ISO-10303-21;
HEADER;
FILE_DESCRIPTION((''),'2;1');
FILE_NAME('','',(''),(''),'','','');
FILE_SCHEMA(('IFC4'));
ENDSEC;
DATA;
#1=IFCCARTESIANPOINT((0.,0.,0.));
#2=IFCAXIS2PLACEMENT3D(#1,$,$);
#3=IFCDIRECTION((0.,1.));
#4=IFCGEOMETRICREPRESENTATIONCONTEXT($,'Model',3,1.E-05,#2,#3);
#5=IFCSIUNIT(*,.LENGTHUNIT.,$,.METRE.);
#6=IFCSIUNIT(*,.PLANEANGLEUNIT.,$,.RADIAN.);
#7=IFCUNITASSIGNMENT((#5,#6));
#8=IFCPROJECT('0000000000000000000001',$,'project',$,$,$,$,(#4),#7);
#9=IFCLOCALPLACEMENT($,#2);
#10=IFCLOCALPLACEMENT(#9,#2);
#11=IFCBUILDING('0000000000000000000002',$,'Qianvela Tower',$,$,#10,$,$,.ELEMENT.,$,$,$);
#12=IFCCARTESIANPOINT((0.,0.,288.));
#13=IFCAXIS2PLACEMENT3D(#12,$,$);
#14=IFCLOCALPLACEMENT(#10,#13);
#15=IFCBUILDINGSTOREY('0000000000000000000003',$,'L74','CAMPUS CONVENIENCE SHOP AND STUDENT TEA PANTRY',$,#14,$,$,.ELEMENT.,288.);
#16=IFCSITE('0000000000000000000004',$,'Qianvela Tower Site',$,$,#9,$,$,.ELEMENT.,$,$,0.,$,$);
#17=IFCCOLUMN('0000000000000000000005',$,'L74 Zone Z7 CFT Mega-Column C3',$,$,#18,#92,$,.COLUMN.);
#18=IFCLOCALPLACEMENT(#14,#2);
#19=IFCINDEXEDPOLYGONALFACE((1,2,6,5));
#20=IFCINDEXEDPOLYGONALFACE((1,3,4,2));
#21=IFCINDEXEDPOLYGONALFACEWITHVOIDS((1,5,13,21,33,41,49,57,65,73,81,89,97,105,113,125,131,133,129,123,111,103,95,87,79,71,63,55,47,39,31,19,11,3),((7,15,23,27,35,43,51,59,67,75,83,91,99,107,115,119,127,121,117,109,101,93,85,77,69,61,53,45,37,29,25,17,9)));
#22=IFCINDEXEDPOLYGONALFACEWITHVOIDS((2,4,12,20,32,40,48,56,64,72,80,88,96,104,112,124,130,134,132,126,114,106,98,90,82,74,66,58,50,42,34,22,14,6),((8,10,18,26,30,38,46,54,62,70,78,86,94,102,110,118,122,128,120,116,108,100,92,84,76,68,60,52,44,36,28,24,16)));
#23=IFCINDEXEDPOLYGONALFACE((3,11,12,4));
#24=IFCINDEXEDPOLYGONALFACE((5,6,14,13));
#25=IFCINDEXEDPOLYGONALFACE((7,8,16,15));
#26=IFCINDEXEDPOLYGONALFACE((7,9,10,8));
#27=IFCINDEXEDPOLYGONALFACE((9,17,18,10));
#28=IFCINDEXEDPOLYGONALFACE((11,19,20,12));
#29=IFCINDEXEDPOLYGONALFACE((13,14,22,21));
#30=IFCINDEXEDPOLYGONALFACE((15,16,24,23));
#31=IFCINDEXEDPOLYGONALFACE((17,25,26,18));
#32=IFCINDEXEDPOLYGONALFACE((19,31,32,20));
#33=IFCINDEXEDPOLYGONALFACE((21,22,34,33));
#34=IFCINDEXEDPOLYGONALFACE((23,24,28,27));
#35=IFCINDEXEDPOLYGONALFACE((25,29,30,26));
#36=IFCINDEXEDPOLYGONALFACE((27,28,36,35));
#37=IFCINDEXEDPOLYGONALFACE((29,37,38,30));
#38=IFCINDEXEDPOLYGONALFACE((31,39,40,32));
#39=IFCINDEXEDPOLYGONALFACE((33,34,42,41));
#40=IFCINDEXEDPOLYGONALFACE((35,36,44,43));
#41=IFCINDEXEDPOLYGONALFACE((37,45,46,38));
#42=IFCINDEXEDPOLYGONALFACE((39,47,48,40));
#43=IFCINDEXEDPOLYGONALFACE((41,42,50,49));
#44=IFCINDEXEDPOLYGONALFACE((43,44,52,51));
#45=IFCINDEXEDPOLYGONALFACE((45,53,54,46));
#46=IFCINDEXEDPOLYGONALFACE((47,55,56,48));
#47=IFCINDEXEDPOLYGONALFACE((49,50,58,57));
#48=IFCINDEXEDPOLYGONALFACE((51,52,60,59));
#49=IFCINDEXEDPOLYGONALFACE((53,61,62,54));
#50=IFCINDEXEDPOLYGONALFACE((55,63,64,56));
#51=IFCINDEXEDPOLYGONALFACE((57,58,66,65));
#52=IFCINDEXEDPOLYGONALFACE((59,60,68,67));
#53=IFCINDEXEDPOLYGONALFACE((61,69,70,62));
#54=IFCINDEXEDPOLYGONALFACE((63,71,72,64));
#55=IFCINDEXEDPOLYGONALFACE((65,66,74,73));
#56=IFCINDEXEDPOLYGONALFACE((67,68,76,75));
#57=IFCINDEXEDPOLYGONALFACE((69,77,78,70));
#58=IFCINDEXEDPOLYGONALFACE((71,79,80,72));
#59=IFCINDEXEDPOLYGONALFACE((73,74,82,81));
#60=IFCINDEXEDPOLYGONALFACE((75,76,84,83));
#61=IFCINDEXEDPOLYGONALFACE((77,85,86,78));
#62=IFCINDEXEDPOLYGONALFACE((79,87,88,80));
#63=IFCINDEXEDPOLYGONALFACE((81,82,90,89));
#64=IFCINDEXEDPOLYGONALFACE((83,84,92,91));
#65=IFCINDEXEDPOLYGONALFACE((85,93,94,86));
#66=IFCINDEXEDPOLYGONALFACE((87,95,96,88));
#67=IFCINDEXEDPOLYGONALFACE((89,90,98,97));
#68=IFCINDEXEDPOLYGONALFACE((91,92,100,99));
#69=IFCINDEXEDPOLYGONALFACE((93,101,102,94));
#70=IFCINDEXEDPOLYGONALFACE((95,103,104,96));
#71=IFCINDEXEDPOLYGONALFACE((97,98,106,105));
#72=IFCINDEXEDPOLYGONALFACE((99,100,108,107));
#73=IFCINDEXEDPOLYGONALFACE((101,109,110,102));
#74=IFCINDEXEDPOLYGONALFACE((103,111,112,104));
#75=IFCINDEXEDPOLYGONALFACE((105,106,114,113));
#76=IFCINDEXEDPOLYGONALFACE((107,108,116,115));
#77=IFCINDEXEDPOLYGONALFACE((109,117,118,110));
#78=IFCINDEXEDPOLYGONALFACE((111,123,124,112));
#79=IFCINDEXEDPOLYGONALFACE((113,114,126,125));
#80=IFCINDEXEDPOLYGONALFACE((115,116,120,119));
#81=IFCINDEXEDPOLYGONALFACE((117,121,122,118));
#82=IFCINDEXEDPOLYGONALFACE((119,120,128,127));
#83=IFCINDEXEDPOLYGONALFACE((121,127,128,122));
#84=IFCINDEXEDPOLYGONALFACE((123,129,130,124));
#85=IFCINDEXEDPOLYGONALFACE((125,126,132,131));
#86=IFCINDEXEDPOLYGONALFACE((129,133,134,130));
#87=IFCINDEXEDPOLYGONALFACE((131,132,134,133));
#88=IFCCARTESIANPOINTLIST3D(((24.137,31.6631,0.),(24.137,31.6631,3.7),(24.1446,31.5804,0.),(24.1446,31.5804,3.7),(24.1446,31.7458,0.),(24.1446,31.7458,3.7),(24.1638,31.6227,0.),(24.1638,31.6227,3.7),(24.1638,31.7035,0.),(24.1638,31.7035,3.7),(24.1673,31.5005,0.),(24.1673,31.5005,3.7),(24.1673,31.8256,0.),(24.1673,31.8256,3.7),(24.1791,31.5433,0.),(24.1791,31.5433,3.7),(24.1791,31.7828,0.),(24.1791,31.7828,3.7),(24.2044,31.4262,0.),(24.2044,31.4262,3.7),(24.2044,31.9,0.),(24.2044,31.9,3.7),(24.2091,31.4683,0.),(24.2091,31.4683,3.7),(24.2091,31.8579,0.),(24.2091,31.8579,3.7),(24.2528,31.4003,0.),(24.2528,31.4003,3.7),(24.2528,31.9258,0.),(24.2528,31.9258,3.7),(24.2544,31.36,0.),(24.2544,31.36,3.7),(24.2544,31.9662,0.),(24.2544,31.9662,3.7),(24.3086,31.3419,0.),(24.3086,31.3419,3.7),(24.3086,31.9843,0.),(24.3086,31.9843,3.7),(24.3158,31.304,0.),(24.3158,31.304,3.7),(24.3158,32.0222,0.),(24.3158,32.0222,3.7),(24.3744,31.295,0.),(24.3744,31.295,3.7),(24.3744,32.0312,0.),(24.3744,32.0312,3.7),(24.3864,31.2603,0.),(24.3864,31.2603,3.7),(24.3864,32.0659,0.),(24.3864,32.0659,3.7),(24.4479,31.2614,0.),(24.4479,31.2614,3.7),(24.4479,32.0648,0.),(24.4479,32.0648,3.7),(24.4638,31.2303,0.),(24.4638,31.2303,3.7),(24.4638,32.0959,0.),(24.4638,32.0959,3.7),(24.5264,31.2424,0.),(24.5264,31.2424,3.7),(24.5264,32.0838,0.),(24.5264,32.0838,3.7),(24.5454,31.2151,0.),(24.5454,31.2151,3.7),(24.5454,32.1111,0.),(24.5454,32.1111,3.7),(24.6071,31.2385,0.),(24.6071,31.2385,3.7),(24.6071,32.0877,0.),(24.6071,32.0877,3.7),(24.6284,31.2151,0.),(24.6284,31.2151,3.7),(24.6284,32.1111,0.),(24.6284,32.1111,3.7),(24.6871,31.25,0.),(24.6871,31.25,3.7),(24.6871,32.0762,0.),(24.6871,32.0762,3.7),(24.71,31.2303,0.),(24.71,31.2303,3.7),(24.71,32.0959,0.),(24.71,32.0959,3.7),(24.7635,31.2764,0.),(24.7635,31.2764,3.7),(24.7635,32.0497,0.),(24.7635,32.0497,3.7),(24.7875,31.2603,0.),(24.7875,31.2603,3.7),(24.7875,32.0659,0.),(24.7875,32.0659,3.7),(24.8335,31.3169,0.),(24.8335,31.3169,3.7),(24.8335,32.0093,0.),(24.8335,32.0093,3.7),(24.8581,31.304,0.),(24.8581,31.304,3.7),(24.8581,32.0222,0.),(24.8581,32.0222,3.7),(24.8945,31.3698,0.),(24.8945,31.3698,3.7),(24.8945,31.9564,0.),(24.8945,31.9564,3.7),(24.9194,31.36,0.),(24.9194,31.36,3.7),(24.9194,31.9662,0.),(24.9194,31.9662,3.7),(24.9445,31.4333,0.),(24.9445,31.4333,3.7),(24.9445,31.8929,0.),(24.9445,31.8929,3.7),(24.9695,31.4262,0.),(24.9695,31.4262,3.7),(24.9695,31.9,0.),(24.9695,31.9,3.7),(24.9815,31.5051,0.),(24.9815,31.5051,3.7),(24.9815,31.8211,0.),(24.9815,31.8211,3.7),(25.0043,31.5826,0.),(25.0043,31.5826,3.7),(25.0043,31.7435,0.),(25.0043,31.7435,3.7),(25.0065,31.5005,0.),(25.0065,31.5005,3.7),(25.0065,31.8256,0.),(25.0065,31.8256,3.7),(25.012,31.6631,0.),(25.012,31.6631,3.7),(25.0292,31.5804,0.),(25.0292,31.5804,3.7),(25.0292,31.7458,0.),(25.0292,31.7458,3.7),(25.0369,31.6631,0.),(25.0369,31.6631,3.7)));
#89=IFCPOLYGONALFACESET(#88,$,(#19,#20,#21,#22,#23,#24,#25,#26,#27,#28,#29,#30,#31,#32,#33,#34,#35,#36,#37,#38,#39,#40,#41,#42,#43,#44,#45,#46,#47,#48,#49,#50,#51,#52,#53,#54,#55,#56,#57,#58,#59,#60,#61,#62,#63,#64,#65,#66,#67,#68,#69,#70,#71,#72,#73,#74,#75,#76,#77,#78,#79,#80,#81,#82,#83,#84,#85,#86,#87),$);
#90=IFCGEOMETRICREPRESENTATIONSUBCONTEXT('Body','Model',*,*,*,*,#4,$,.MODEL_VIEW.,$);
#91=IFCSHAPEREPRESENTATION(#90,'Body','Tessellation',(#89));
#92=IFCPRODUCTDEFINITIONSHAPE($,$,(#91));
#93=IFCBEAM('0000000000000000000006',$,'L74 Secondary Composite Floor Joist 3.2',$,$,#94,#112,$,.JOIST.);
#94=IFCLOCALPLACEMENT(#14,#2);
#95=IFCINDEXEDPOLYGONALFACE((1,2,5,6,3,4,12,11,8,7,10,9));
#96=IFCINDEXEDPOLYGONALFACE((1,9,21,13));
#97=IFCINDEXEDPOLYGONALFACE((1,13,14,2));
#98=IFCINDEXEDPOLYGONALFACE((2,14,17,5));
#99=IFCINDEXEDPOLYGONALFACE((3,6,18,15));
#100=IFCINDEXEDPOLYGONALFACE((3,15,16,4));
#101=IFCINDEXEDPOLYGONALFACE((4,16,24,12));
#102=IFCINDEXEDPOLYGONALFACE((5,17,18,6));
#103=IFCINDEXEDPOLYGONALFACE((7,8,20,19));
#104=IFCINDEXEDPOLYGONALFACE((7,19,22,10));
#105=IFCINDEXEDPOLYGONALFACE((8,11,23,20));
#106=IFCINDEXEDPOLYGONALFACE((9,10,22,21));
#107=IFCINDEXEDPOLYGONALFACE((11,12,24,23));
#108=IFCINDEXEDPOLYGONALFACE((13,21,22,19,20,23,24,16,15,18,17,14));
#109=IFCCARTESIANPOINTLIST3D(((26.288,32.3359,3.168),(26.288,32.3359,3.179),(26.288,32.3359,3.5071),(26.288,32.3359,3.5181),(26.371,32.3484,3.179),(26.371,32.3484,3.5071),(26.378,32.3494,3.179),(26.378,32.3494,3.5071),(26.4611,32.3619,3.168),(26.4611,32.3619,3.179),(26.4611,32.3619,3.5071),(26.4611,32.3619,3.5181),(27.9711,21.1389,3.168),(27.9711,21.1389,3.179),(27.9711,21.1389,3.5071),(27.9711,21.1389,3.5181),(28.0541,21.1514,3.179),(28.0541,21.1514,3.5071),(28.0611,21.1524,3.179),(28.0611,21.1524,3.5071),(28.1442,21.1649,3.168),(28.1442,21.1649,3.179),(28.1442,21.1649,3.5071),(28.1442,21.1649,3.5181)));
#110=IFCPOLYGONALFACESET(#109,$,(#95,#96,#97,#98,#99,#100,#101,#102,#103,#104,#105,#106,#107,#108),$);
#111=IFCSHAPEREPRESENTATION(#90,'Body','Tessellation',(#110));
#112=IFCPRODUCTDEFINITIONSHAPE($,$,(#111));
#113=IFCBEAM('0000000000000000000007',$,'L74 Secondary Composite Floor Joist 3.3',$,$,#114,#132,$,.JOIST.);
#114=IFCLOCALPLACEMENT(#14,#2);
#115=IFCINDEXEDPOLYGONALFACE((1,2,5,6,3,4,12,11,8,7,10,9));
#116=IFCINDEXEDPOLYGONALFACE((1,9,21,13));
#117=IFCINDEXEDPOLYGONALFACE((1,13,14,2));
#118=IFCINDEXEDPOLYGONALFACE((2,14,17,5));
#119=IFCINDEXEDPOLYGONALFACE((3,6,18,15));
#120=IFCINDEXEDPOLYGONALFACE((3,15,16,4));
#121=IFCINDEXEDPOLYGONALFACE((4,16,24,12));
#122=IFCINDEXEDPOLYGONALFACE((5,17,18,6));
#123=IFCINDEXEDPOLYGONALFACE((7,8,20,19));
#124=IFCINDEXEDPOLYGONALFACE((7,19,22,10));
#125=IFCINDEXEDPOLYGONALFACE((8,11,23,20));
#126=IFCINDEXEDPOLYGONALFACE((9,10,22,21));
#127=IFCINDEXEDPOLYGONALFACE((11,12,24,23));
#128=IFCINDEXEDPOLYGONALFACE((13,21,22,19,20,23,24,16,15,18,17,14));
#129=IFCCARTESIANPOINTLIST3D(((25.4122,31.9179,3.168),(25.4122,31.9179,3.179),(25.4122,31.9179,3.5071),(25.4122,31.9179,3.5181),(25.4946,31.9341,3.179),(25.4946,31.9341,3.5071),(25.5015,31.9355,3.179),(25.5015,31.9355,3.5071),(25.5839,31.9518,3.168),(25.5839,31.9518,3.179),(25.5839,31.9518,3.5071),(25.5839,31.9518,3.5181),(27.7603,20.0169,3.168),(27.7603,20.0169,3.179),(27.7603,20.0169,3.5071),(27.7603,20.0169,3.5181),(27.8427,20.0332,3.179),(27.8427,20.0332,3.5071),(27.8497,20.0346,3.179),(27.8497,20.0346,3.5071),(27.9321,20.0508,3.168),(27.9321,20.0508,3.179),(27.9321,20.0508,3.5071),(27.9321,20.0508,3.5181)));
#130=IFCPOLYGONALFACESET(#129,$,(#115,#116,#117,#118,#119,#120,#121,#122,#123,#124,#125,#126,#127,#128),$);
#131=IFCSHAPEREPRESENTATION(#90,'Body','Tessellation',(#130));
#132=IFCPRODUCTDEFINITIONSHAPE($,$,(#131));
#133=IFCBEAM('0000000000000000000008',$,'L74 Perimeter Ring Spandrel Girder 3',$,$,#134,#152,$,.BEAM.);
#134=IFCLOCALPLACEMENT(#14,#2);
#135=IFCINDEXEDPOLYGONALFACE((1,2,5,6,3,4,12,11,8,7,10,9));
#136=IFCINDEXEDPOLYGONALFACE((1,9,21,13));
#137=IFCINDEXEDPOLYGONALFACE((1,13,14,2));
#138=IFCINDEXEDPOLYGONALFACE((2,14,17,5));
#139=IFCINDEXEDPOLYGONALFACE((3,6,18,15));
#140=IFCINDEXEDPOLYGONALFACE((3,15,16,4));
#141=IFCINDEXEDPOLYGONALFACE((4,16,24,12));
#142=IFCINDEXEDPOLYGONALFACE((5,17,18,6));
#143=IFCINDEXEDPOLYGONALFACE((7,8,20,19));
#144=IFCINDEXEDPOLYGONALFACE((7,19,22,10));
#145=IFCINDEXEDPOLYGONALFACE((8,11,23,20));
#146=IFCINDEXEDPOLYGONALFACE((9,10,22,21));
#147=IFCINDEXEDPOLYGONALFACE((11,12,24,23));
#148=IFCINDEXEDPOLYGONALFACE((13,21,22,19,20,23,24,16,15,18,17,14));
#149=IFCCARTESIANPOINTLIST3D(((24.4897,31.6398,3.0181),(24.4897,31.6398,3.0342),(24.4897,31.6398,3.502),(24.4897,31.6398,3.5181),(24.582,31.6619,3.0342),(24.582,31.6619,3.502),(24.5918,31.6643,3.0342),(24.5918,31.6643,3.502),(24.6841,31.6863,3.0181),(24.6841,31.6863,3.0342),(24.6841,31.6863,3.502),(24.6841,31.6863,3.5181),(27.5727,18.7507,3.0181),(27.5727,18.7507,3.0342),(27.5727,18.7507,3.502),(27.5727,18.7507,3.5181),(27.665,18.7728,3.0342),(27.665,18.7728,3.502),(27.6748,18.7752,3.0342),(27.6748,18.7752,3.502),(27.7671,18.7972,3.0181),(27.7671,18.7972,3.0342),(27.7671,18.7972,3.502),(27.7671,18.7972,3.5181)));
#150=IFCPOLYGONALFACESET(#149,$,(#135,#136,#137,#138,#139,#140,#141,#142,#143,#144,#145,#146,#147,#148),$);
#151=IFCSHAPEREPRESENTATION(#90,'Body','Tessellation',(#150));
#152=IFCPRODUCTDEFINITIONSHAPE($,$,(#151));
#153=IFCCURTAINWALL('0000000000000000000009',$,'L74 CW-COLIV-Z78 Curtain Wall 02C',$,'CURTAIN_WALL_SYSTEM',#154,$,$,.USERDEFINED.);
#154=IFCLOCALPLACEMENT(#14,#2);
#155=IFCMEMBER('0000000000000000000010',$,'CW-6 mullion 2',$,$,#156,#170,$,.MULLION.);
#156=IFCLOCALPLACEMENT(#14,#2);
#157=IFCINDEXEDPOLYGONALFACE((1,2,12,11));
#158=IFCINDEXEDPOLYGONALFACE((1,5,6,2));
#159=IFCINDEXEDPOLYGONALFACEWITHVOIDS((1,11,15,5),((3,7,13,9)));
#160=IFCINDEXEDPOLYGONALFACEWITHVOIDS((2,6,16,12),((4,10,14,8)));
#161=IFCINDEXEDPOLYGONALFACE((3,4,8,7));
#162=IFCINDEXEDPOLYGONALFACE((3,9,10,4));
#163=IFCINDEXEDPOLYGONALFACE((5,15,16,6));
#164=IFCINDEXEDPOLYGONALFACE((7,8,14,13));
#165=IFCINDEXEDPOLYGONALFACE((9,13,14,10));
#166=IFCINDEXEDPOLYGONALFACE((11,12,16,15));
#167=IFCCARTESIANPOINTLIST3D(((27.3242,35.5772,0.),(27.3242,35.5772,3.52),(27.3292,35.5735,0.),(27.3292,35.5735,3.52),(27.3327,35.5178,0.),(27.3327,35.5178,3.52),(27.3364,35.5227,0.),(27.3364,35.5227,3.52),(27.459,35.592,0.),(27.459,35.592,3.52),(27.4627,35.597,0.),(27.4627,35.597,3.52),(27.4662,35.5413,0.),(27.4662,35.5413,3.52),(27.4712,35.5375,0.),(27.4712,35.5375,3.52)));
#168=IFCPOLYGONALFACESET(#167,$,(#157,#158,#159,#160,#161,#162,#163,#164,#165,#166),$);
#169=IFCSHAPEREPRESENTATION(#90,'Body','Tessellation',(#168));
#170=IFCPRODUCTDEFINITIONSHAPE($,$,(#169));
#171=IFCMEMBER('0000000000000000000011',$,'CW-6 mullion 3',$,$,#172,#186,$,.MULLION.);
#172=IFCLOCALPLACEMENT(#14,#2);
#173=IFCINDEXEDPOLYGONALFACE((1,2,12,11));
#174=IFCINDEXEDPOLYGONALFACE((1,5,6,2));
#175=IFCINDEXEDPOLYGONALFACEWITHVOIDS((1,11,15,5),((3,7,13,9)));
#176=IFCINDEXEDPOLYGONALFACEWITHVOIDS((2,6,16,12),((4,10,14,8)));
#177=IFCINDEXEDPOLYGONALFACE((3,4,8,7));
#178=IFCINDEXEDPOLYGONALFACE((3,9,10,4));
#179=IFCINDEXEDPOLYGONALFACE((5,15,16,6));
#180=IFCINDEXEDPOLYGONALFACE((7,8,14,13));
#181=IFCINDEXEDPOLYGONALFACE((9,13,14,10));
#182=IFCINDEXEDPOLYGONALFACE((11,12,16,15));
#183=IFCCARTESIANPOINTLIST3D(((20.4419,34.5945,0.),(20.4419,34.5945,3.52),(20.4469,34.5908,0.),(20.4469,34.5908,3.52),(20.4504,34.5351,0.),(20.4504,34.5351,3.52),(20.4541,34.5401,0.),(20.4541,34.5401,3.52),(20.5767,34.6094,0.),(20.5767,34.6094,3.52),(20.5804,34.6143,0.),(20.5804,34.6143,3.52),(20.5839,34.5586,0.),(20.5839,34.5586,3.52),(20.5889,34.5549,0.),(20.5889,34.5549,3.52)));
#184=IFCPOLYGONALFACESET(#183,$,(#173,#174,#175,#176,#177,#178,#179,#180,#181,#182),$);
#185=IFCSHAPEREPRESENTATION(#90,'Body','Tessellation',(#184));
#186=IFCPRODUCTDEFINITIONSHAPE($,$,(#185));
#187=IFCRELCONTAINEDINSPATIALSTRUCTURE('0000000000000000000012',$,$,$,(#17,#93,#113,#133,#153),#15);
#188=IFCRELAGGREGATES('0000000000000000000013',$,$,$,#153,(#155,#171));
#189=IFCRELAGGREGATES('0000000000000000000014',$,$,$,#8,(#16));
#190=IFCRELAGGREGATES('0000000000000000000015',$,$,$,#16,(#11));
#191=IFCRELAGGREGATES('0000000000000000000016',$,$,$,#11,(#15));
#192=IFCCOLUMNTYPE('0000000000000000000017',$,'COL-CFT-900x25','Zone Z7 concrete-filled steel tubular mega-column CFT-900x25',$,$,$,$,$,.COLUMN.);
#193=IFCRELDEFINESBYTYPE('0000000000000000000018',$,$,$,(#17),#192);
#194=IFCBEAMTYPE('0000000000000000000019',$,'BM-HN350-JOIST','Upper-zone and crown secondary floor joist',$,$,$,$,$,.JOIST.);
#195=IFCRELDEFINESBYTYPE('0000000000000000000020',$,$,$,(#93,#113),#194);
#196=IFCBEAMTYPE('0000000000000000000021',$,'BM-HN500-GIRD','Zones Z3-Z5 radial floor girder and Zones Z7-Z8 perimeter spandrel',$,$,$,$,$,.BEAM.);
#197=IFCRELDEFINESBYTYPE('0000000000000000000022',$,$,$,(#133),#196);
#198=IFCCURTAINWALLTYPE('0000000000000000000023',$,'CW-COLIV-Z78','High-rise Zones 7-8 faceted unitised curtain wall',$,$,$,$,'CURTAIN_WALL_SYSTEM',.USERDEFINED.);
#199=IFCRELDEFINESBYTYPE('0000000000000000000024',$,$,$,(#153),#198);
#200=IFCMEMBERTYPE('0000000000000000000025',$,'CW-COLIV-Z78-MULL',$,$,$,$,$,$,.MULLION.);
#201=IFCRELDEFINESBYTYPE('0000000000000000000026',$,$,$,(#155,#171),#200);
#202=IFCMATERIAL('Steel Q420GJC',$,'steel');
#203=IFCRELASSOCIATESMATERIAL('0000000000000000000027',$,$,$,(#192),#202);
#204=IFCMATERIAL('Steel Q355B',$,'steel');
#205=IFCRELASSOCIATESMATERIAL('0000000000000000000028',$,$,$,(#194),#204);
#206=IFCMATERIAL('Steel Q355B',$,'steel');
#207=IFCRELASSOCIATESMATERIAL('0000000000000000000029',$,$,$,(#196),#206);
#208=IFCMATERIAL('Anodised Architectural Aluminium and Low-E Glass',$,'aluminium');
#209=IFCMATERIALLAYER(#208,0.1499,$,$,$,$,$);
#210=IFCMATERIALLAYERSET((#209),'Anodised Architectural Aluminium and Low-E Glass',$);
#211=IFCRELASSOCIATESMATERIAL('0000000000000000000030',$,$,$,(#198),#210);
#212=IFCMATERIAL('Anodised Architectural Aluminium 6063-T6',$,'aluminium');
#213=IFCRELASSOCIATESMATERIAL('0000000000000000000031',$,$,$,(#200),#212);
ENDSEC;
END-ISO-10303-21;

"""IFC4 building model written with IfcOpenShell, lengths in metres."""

from ifc_helpers import new_model, si_unit, direction, frame, origin, origin_2d, place, context, subcontext, project, spatial, hollow_rectangle, hollow_circle, i_section, extrude, material, layer, layer_set, material_profile, profile_set, type_object, element, aggregate, save


model = new_model("IFC4")

# Units and contexts
model_context = context("Model", 3, precision=1e-05, world=origin(), true_north=direction((0.0, 1.0)))
body_context = subcontext(model_context, "Body", "Model", "MODEL_VIEW")
ifc_project = project(units=[si_unit("LENGTHUNIT", "METRE"), si_unit("PLANEANGLEUNIT", "RADIAN")], contexts=[model_context])

# Site, building, storey
site_placement = place(None, origin())
site = spatial("IfcSite", under=ifc_project, at=site_placement, Name="Qianvela Tower Site", CompositionType="ELEMENT", RefElevation=0.0)
building_placement = place(site_placement, origin())
building = spatial("IfcBuilding", under=site, at=building_placement, Name="Qianvela Tower", CompositionType="ELEMENT")
storey_placement = place(building_placement, frame((0.0, 0.0, 288.0)))
storey = spatial("IfcBuildingStorey", under=building, at=storey_placement, Name="L74", Description="CAMPUS CONVENIENCE SHOP AND STUDENT TEA PANTRY", CompositionType="ELEMENT", Elevation=288.0)

# Column
ifc_material_1 = material(Name="Steel Q420GJC", Category="steel")
ifc_material_profile_1 = material_profile(ifc_material_1, hollow_circle(Radius=0.45, WallThickness=0.0249, at=origin_2d()), Name="CFT-900x25")
ifc_profile_set_1 = profile_set([ifc_material_profile_1], Name="Steel Q420GJC")
column_type = type_object("IfcColumnType", Name="COL-CFT-900x25", Description="Zone Z7 concrete-filled steel tubular mega-column CFT-900x25", PredefinedType="COLUMN", material=ifc_profile_set_1)
column_placement = place(storey_placement, frame((24.5869, 31.6631, 0.0), z_axis=(0.0, 0.0, 1.0), x_axis=(1.0, 0.0, 0.0)))
element("IfcColumn", 1, at=column_placement, inside=storey, type_object=column_type, Name="L74 Zone Z7 CFT Mega-Column C3", PredefinedType="COLUMN", context=body_context, shape_type="SweptSolid", body=[
    extrude(hollow_circle(Radius=0.45, WallThickness=0.0249, at=origin_2d()), origin(), (0.0, 0.0, 1.0), 3.7),
])

# Beams
ifc_material_2 = material(Name="Steel Q355B", Category="steel")
ifc_material_profile_2 = material_profile(ifc_material_2, i_section(OverallWidth=0.175, OverallDepth=0.3501, WebThickness=0.0071, FlangeThickness=0.011, at=origin_2d()), Name="HN350x175x7x11")
ifc_profile_set_2 = profile_set([ifc_material_profile_2], Name="Steel Q355B")
beam_type_1 = type_object("IfcBeamType", Name="BM-HN350-JOIST", Description="Upper-zone and crown secondary floor joist", PredefinedType="JOIST", material=ifc_profile_set_2)
beam_1_placement = place(storey_placement, frame((26.3745, 32.3489, 3.343), z_axis=(0.148647, -0.98889, 0.0), x_axis=(0.98889, 0.148647, 0.0)))
element("IfcBeam", 2, at=beam_1_placement, inside=storey, type_object=beam_type_1, Name="L74 Secondary Composite Floor Joist 3.2", PredefinedType="JOIST", context=body_context, shape_type="SweptSolid", body=[
    extrude(i_section(OverallWidth=0.175, OverallDepth=0.3501, WebThickness=0.0071, FlangeThickness=0.011, at=origin_2d()), origin(), (0.0, 0.0, 1.0), 11.3228),
])
beam_2_placement = place(storey_placement, frame((25.498, 31.9348, 3.343), z_axis=(0.193576, -0.981085, 0.0), x_axis=(0.981085, 0.193576, 0.0)))
element("IfcBeam", 3, at=beam_2_placement, inside=storey, type_object=beam_type_1, Name="L74 Secondary Composite Floor Joist 3.3", PredefinedType="JOIST", context=body_context, shape_type="SweptSolid", body=[
    extrude(i_section(OverallWidth=0.175, OverallDepth=0.3501, WebThickness=0.0071, FlangeThickness=0.011, at=origin_2d()), origin(), (0.0, 0.0, 1.0), 12.1304),
])
ifc_material_3 = material(Name="Steel Q355B", Category="steel")
ifc_material_profile_3 = material_profile(ifc_material_3, i_section(OverallWidth=0.2, OverallDepth=0.5, WebThickness=0.01, FlangeThickness=0.0161, at=origin_2d()), Name="HN500x200x10x16")
ifc_profile_set_3 = profile_set([ifc_material_profile_3], Name="Steel Q355B")
beam_type_2 = type_object("IfcBeamType", Name="BM-HN500-GIRD", Description="Zones Z3-Z5 radial floor girder and Zones Z7-Z8 perimeter spandrel", PredefinedType="BEAM", material=ifc_profile_set_3)
beam_3_placement = place(storey_placement, frame((24.5869, 31.6631, 3.2681), z_axis=(0.232632, -0.972565, 0.0), x_axis=(0.972565, 0.232632, 0.0)))
element("IfcBeam", 4, at=beam_3_placement, inside=storey, type_object=beam_type_2, Name="L74 Perimeter Ring Spandrel Girder 3", PredefinedType="BEAM", context=body_context, shape_type="SweptSolid", body=[
    extrude(i_section(OverallWidth=0.2, OverallDepth=0.5, WebThickness=0.01, FlangeThickness=0.0161, at=origin_2d()), origin(), (0.0, 0.0, 1.0), 13.2527),
])

# Curtain wall, members
ifc_material_4 = material(Name="Anodised Architectural Aluminium and Low-E Glass", Category="aluminium")
ifc_layer_1 = layer(ifc_material_4, 0.1499)
ifc_layer_set_1 = layer_set([ifc_layer_1], Name="Anodised Architectural Aluminium and Low-E Glass")
curtain_wall_type = type_object("IfcCurtainWallType", Name="CW-COLIV-Z78", Description="High-rise Zones 7-8 faceted unitised curtain wall", ElementType="CURTAIN_WALL_SYSTEM", PredefinedType="USERDEFINED", material=ifc_layer_set_1)
curtain_wall_1_placement = place(storey_placement, origin())
curtain_wall_1 = element("IfcCurtainWall", 5, at=curtain_wall_1_placement, inside=storey, type_object=curtain_wall_type, Name="L74 CW-COLIV-Z78 Curtain Wall 02C", ObjectType="CURTAIN_WALL_SYSTEM", PredefinedType="USERDEFINED")
ifc_material_5 = material(Name="Anodised Architectural Aluminium 6063-T6", Category="aluminium")
ifc_material_profile_4 = material_profile(ifc_material_5, hollow_rectangle(XDim=0.0601, YDim=0.1399, WallThickness=0.0044, at=origin_2d()), Name="ALU-MULL-60x140")
ifc_profile_set_4 = profile_set([ifc_material_profile_4], Name="Anodised Architectural Aluminium 6063-T6")
member_type_1 = type_object("IfcMemberType", Name="CW-COLIV-Z78-MULL", PredefinedType="MULLION", material=ifc_profile_set_4)
member_1_placement = place(storey_placement, frame((27.3977, 35.5574, 0.0), z_axis=(0.0, 0.0, 1.0), x_axis=(0.141362, -0.989958, 0.0)))
member_1 = element("IfcMember", 6, at=member_1_placement, type_object=member_type_1, Name="CW-6 mullion 2", PredefinedType="MULLION", context=body_context, shape_type="SweptSolid", body=[
    extrude(hollow_rectangle(XDim=0.0601, YDim=0.1399, WallThickness=0.0044, at=origin_2d()), origin(), (0.0, 0.0, 1.0), 3.52),
])
member_2_placement = place(storey_placement, frame((20.5154, 34.5747, 0.0), z_axis=(0.0, 0.0, 1.0), x_axis=(0.141362, -0.989958, 0.0)))
member_2 = element("IfcMember", 7, at=member_2_placement, type_object=member_type_1, Name="CW-6 mullion 3", PredefinedType="MULLION", context=body_context, shape_type="SweptSolid", body=[
    extrude(hollow_rectangle(XDim=0.0601, YDim=0.1399, WallThickness=0.0044, at=origin_2d()), origin(), (0.0, 0.0, 1.0), 3.52),
])

aggregate(curtain_wall_1, [member_1, member_2])

save(model, "model.ifc")
